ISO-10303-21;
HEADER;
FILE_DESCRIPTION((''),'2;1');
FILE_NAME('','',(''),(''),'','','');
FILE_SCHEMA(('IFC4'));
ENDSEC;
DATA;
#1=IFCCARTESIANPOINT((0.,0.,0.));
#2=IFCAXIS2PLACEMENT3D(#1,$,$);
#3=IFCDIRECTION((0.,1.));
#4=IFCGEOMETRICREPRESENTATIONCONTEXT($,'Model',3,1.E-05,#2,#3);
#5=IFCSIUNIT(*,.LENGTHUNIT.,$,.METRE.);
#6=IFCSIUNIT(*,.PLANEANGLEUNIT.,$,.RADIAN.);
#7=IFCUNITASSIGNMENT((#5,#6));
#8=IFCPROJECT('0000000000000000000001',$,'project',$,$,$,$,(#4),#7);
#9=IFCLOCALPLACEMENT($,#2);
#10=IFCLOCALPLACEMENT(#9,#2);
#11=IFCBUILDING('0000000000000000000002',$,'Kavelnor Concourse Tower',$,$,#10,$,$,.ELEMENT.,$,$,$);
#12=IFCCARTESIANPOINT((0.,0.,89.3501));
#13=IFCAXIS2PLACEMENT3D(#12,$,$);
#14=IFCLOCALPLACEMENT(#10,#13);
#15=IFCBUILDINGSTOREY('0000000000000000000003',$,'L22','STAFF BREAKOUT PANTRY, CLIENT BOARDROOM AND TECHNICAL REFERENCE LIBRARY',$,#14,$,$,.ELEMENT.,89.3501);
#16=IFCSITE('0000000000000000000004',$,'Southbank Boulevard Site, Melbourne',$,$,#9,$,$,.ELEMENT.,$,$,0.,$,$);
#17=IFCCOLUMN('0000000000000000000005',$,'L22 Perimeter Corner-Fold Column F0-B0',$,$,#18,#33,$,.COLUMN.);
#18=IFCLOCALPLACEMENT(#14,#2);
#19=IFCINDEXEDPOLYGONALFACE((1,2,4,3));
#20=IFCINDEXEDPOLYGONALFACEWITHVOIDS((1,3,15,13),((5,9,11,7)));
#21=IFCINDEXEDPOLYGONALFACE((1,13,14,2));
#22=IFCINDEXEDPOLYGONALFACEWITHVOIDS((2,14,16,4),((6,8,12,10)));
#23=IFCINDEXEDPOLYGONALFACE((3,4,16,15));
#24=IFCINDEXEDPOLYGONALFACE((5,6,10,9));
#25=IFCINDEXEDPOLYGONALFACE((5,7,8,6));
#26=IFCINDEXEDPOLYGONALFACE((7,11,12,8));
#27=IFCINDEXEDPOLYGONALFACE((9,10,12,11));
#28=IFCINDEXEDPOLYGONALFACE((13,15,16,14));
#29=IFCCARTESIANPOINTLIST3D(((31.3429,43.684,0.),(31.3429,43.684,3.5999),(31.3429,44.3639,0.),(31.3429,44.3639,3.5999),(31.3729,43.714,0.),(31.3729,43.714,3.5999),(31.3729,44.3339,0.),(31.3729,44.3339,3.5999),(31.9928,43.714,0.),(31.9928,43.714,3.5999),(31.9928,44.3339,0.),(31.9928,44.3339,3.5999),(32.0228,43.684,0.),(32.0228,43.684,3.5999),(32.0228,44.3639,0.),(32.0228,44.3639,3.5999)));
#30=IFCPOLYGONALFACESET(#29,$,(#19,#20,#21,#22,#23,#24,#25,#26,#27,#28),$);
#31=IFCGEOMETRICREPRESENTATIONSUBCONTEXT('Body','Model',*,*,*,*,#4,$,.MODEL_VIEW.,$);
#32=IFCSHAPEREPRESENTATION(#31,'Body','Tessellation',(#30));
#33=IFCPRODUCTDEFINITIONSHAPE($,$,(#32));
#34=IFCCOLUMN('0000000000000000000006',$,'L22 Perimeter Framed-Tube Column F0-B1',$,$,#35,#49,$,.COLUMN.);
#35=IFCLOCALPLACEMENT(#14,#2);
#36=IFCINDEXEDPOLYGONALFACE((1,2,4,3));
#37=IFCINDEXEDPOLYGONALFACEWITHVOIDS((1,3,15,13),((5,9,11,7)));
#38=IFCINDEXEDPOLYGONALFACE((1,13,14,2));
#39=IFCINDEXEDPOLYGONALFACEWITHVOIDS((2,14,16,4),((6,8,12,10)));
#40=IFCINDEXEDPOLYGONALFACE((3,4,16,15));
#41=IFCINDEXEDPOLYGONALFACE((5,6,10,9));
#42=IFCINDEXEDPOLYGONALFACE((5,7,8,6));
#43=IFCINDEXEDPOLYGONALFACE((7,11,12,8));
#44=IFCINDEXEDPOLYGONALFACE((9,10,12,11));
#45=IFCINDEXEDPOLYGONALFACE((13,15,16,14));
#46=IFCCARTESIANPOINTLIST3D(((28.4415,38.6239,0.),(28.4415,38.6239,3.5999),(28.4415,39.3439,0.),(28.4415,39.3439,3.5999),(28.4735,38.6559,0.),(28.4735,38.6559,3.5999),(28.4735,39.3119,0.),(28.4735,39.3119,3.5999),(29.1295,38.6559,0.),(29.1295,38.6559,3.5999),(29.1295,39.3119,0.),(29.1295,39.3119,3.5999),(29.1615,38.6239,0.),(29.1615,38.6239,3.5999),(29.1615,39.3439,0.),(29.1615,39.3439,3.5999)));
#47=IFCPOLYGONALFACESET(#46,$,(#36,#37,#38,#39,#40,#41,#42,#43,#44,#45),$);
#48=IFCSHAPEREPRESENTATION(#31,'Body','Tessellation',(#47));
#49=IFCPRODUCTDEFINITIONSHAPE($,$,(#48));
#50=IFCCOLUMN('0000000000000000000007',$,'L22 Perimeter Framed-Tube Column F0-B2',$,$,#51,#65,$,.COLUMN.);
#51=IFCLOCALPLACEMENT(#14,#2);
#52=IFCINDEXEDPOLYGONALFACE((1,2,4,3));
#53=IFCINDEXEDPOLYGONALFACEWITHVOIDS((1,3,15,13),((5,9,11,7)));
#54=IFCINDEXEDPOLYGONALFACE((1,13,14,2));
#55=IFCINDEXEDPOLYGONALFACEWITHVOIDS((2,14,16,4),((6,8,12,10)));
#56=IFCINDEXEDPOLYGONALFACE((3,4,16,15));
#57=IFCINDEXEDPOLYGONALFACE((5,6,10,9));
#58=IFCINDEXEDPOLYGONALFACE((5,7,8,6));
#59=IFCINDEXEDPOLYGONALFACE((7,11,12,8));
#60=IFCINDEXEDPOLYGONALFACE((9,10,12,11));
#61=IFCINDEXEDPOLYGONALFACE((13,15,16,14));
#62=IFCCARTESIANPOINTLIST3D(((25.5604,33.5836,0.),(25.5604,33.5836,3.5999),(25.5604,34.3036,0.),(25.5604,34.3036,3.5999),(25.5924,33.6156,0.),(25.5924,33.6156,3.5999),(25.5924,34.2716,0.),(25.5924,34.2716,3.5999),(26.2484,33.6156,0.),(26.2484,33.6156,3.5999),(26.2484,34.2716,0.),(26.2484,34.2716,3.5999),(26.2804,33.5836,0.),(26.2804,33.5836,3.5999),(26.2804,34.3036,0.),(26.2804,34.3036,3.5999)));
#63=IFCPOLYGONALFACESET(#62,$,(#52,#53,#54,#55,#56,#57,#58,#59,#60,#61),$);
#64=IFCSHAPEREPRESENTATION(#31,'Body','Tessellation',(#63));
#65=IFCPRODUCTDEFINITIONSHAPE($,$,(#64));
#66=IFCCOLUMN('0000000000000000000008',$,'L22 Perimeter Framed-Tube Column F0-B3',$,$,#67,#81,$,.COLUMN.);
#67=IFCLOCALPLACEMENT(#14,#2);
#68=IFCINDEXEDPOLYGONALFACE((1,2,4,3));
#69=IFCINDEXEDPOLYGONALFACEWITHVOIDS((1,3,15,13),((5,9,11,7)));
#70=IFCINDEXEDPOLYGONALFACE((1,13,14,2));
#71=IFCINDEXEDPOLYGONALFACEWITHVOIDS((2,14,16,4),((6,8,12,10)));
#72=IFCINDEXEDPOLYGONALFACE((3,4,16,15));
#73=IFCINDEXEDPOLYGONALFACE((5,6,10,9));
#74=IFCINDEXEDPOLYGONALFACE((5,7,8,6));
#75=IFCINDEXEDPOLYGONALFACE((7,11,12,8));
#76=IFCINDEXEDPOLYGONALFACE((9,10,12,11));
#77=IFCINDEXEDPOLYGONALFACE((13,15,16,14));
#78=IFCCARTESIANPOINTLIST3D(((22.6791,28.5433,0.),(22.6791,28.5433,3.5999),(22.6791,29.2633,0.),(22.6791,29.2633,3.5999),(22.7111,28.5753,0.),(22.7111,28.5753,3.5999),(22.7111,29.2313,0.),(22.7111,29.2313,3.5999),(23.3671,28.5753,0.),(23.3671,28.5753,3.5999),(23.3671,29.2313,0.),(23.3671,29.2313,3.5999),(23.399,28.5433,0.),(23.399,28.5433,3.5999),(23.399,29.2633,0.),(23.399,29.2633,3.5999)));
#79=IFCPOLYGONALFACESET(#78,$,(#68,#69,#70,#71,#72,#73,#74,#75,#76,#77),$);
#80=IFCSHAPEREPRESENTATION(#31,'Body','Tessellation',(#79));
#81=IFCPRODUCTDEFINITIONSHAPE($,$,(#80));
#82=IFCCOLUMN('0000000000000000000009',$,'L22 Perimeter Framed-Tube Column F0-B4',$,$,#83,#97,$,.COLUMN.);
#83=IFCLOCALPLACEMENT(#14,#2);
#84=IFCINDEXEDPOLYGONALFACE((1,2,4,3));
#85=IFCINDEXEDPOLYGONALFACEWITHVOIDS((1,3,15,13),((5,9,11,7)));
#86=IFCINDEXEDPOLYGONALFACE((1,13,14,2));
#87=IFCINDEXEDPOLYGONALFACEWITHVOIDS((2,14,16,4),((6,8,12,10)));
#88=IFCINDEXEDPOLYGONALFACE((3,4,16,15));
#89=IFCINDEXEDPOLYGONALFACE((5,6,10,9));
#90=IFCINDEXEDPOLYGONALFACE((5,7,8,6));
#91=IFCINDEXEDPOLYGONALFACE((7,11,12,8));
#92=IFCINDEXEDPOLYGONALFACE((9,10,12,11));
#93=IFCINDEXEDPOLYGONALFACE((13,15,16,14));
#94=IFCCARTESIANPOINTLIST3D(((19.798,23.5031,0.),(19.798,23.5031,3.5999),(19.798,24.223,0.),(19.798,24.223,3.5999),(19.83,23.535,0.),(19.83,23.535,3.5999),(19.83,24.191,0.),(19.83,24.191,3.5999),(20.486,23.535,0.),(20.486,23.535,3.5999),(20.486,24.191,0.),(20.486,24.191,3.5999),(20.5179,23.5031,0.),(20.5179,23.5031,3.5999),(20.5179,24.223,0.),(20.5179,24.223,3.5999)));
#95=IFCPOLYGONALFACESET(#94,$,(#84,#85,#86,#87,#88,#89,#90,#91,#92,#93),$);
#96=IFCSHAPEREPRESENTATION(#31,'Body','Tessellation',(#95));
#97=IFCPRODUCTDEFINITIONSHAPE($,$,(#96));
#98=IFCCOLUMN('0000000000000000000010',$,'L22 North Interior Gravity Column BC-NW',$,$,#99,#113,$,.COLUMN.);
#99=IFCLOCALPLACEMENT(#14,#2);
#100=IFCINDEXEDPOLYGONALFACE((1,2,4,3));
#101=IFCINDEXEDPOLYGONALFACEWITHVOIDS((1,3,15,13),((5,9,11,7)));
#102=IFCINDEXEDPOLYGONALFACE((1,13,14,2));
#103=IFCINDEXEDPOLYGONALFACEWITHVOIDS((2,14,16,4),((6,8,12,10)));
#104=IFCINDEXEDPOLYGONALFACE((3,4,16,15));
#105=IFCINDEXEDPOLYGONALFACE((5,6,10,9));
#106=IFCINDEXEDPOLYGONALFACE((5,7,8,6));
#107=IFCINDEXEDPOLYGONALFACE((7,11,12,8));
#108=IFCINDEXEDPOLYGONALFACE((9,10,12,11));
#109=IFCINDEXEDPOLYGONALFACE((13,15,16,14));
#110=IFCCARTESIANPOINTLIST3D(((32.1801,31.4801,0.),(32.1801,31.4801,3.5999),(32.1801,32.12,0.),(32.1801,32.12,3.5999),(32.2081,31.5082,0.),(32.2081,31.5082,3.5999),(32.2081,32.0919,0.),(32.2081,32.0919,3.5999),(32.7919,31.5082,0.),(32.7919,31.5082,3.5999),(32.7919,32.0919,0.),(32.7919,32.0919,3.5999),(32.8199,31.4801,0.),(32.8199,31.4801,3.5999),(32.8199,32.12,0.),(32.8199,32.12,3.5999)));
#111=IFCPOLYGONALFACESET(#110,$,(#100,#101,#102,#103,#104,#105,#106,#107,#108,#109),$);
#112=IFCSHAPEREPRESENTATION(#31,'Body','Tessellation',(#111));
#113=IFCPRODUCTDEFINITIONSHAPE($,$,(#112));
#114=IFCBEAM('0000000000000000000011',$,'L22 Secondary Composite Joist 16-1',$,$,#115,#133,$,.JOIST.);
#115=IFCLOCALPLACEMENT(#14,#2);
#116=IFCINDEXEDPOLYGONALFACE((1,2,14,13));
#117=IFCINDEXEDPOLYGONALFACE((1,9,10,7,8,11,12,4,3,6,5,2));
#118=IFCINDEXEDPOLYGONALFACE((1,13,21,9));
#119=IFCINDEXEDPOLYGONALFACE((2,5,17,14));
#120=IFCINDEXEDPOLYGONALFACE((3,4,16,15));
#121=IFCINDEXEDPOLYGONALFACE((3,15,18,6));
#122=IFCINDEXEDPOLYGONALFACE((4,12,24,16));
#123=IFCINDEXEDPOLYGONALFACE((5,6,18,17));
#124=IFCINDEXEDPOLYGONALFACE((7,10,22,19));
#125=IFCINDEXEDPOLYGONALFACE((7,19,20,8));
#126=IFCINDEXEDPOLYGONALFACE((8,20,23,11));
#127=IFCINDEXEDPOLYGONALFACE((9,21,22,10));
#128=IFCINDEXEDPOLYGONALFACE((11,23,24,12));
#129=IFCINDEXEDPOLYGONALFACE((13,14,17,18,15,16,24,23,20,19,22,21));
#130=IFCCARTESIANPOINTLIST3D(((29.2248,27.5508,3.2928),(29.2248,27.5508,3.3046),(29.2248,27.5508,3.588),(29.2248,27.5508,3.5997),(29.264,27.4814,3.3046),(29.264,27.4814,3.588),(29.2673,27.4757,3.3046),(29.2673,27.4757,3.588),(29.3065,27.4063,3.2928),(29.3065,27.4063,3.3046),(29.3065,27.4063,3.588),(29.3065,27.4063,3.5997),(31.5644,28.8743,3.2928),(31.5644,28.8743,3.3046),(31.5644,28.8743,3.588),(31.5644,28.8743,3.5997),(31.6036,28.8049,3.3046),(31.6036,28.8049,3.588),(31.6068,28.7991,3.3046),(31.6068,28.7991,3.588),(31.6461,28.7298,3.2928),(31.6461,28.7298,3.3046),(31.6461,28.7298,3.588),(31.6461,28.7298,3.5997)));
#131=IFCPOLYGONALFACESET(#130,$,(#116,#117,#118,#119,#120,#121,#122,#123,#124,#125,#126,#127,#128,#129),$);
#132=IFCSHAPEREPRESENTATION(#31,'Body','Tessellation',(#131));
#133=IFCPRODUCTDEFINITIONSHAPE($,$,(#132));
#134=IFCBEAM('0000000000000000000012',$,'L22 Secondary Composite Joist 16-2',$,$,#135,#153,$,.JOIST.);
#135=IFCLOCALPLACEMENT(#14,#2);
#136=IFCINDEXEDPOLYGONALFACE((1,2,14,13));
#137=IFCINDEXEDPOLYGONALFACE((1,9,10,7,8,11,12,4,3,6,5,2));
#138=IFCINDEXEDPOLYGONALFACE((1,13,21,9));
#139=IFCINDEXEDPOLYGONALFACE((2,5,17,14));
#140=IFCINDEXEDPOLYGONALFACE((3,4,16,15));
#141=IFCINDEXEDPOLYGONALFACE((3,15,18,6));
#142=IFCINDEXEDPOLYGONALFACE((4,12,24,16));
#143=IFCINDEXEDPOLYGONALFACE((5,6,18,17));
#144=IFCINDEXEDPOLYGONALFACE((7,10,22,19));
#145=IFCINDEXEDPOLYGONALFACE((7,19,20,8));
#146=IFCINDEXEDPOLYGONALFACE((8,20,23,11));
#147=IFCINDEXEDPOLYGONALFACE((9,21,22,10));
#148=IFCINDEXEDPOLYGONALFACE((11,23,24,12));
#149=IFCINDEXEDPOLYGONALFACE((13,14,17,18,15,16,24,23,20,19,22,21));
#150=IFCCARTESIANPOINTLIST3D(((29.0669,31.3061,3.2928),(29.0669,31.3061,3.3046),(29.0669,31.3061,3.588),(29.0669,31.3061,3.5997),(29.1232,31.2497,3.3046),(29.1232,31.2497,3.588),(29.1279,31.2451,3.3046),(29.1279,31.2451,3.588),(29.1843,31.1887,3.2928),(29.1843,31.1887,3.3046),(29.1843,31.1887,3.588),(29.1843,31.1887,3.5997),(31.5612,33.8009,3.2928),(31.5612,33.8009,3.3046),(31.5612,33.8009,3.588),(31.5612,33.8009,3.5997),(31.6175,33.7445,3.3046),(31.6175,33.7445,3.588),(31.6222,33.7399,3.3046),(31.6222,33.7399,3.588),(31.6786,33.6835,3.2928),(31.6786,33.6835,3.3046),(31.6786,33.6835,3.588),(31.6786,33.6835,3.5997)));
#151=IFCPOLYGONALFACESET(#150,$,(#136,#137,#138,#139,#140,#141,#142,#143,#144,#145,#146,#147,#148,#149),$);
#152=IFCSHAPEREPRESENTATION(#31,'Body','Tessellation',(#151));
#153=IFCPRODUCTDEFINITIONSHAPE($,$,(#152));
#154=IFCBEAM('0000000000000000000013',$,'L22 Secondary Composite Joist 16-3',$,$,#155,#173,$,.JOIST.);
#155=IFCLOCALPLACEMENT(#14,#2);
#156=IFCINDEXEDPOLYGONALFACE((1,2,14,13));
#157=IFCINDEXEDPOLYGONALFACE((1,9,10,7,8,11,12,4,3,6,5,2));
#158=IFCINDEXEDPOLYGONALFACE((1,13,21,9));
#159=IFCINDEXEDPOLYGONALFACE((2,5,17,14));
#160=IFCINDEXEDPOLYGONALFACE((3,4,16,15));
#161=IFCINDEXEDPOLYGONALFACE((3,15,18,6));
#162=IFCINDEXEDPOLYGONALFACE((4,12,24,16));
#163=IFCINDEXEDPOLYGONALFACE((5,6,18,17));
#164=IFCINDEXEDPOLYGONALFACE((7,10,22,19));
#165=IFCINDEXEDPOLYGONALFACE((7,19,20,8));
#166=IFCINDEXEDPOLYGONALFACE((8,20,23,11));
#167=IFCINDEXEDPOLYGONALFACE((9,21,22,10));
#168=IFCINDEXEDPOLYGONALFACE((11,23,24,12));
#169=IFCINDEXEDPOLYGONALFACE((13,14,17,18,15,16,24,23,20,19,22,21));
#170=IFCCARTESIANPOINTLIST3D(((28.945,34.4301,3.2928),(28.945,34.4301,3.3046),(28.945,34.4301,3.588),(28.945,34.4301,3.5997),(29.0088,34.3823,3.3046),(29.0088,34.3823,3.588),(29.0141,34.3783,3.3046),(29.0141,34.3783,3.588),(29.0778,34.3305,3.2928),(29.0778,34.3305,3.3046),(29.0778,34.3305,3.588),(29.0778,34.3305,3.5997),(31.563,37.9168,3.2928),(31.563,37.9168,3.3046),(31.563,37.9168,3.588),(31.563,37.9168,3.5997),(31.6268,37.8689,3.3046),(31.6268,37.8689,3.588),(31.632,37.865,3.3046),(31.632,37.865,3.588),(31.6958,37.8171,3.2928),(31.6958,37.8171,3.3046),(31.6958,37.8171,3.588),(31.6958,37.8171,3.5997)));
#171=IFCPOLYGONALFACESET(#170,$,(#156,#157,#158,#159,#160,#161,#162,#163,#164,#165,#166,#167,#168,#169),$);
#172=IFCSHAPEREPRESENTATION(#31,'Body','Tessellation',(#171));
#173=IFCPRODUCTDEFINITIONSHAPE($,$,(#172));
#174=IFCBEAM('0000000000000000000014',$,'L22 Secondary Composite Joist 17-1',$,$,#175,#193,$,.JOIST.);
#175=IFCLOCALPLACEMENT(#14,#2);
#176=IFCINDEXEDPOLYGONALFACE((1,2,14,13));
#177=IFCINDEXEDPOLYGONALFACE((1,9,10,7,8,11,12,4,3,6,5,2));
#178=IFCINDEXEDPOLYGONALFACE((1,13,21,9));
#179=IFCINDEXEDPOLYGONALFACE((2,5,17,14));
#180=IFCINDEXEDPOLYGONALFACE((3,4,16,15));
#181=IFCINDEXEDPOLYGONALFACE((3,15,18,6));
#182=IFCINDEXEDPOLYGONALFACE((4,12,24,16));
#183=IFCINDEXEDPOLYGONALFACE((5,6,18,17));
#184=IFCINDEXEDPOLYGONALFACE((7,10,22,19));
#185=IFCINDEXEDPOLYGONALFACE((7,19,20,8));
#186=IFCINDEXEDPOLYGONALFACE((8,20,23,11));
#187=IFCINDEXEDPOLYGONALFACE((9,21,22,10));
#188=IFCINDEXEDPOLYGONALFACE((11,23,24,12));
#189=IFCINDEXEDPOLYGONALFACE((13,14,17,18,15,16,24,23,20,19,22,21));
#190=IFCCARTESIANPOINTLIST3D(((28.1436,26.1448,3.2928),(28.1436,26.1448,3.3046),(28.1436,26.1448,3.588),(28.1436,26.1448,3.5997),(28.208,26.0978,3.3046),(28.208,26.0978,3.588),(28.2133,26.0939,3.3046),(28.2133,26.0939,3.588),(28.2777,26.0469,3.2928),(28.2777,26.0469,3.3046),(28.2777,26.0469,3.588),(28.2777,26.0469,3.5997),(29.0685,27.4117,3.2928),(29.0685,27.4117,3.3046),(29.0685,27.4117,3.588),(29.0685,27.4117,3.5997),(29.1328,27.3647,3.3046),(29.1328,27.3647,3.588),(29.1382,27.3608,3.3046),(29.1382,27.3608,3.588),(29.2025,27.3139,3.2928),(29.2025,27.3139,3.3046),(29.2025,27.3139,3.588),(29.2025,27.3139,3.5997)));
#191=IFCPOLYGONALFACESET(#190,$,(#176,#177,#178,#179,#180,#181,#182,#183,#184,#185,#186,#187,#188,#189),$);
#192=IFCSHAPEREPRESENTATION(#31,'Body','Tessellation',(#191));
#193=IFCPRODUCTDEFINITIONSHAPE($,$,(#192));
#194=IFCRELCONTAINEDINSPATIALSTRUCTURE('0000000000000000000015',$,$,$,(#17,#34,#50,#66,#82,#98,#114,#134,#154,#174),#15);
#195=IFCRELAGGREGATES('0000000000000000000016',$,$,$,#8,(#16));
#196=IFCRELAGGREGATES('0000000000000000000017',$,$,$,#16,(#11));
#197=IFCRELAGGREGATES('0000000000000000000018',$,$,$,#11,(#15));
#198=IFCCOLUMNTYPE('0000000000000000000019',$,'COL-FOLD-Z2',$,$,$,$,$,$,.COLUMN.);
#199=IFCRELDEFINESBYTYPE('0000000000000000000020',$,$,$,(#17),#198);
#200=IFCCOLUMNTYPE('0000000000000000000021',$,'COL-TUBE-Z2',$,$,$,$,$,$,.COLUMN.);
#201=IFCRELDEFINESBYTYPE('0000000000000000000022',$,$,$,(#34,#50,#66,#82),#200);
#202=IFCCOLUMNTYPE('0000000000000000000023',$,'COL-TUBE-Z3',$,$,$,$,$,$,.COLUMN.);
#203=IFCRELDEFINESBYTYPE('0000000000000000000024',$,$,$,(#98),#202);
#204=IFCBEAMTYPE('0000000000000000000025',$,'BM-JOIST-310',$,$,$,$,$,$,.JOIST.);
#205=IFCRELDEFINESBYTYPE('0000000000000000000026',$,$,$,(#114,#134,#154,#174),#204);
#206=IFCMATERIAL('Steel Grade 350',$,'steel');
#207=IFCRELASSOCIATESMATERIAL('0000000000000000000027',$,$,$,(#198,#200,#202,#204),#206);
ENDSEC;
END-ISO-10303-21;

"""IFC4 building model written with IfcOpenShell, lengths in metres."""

from ifc_helpers import new_model, si_unit, direction, frame, origin, origin_2d, place, context, subcontext, project, spatial, hollow_rectangle, i_section, extrude, material, material_profile, profile_set, type_object, element, save


model = new_model("IFC4")

# Units and contexts
model_context = context("Model", 3, precision=1e-05, world=origin(), true_north=direction((0.0, 1.0)))
body_context = subcontext(model_context, "Body", "Model", "MODEL_VIEW")
ifc_project = project(units=[si_unit("LENGTHUNIT", "METRE"), si_unit("PLANEANGLEUNIT", "RADIAN")], contexts=[model_context])

# Site, building, storey
site_placement = place(None, origin())
site = spatial("IfcSite", under=ifc_project, at=site_placement, Name="Southbank Boulevard Site, Melbourne", CompositionType="ELEMENT", RefElevation=0.0)
building_placement = place(site_placement, origin())
building = spatial("IfcBuilding", under=site, at=building_placement, Name="Kavelnor Concourse Tower", CompositionType="ELEMENT")
storey_placement = place(building_placement, frame((0.0, 0.0, 89.3501)))
storey = spatial("IfcBuildingStorey", under=building, at=storey_placement, Name="L22", Description="STAFF BREAKOUT PANTRY, CLIENT BOARDROOM AND TECHNICAL REFERENCE LIBRARY", CompositionType="ELEMENT", Elevation=89.3501)

# Columns
ifc_material_1 = material(Name="Steel Grade 350", Category="steel")
ifc_material_profile_1 = material_profile(ifc_material_1, hollow_rectangle(XDim=0.6799, YDim=0.6799, WallThickness=0.03, at=origin_2d()), Name="SHS 680x680x30")
ifc_profile_set_1 = profile_set([ifc_material_profile_1], Name="Steel Grade 350")
column_type_1 = type_object("IfcColumnType", Name="COL-FOLD-Z2", PredefinedType="COLUMN", material=ifc_profile_set_1)
column_1_placement = place(storey_placement, frame((31.6829, 44.0239, 0.0), z_axis=(0.0, 0.0, 1.0), x_axis=(1.0, 0.0, 0.0)))
element("IfcColumn", 1, at=column_1_placement, inside=storey, type_object=column_type_1, Name="L22 Perimeter Corner-Fold Column F0-B0", PredefinedType="COLUMN", context=body_context, shape_type="SweptSolid", body=[
    extrude(hollow_rectangle(XDim=0.6799, YDim=0.6799, WallThickness=0.03, at=origin_2d()), origin(), (0.0, 0.0, 1.0), 3.5999),
])
ifc_material_profile_2 = material_profile(ifc_material_1, hollow_rectangle(XDim=0.72, YDim=0.72, WallThickness=0.032, at=origin_2d()), Name="SHS 720x720x32")
ifc_profile_set_2 = profile_set([ifc_material_profile_2], Name="Steel Grade 350")
column_type_2 = type_object("IfcColumnType", Name="COL-TUBE-Z2", PredefinedType="COLUMN", material=ifc_profile_set_2)
for number, where, z_axis, x_axis, name in (
    (2, (28.8015, 38.9839, 0.0), (0.0, 0.0, 1.0), (1.0, 0.0, 0.0), "L22 Perimeter Framed-Tube Column F0-B1"),
    (3, (25.9204, 33.9436, 0.0), (0.0, 0.0, 1.0), (1.0, 0.0, 0.0), "L22 Perimeter Framed-Tube Column F0-B2"),
    (4, (23.0391, 28.9033, 0.0), (0.0, 0.0, 1.0), (1.0, 0.0, 0.0), "L22 Perimeter Framed-Tube Column F0-B3"),
    (5, (20.158, 23.863, 0.0), (0.0, 0.0, 1.0), (1.0, 0.0, 0.0), "L22 Perimeter Framed-Tube Column F0-B4"),
):
    element("IfcColumn", number, at=place(storey_placement, frame(where, z_axis=z_axis, x_axis=x_axis)), inside=storey, type_object=column_type_2, Name=name, PredefinedType="COLUMN", context=body_context, shape_type="SweptSolid", body=[
        extrude(hollow_rectangle(XDim=0.72, YDim=0.72, WallThickness=0.032, at=origin_2d()), origin(), (0.0, 0.0, 1.0), 3.5999),
    ])
ifc_material_profile_3 = material_profile(ifc_material_1, hollow_rectangle(XDim=0.6399, YDim=0.6399, WallThickness=0.0281, at=origin_2d()), Name="SHS 640x640x28")
ifc_profile_set_3 = profile_set([ifc_material_profile_3], Name="Steel Grade 350")
column_type_3 = type_object("IfcColumnType", Name="COL-TUBE-Z3", PredefinedType="COLUMN", material=ifc_profile_set_3)
column_2_placement = place(storey_placement, frame((32.5, 31.8, 0.0), z_axis=(0.0, 0.0, 1.0), x_axis=(1.0, 0.0, 0.0)))
element("IfcColumn", 6, at=column_2_placement, inside=storey, type_object=column_type_3, Name="L22 North Interior Gravity Column BC-NW", PredefinedType="COLUMN", context=body_context, shape_type="SweptSolid", body=[
    extrude(hollow_rectangle(XDim=0.6399, YDim=0.6399, WallThickness=0.0281, at=origin_2d()), origin(), (0.0, 0.0, 1.0), 3.5999),
])

# Beams
ifc_material_profile_4 = material_profile(ifc_material_1, i_section(OverallWidth=0.166, OverallDepth=0.3069, WebThickness=0.0066, FlangeThickness=0.0117, at=origin_2d()), Name="310UB46")
ifc_profile_set_4 = profile_set([ifc_material_profile_4], Name="Steel Grade 350")
beam_type_1 = type_object("IfcBeamType", Name="BM-JOIST-310", PredefinedType="JOIST", material=ifc_profile_set_4)
beam_1_placement = place(storey_placement, frame((31.6052, 28.802, 3.4463), z_axis=(-0.870387, -0.492368, 0.0), x_axis=(0.492368, -0.870387, 0.0)))
element("IfcBeam", 7, at=beam_1_placement, inside=storey, type_object=beam_type_1, Name="L22 Secondary Composite Joist 16-1", PredefinedType="JOIST", context=body_context, shape_type="SweptSolid", body=[
    extrude(i_section(OverallWidth=0.166, OverallDepth=0.3069, WebThickness=0.0066, FlangeThickness=0.0117, at=origin_2d()), origin(), (0.0, 0.0, 1.0), 2.688),
])
beam_2_placement = place(storey_placement, frame((31.6199, 33.7422, 3.4463), z_axis=(-0.707038, -0.707176, 0.0), x_axis=(0.707176, -0.707038, 0.0)))
element("IfcBeam", 8, at=beam_2_placement, inside=storey, type_object=beam_type_1, Name="L22 Secondary Composite Joist 16-2", PredefinedType="JOIST", context=body_context, shape_type="SweptSolid", body=[
    extrude(i_section(OverallWidth=0.166, OverallDepth=0.3069, WebThickness=0.0066, FlangeThickness=0.0117, at=origin_2d()), origin(), (0.0, 0.0, 1.0), 3.5278),
])
beam_3_placement = place(storey_placement, frame((31.6294, 37.8669, 3.4463), z_axis=(-0.600439, -0.799671, 0.0), x_axis=(0.799671, -0.600439, 0.0)))
element("IfcBeam", 9, at=beam_3_placement, inside=storey, type_object=beam_type_1, Name="L22 Secondary Composite Joist 16-3", PredefinedType="JOIST", context=body_context, shape_type="SweptSolid", body=[
    extrude(i_section(OverallWidth=0.166, OverallDepth=0.3069, WebThickness=0.0066, FlangeThickness=0.0117, at=origin_2d()), origin(), (0.0, 0.0, 1.0), 4.3601),
])
beam_4_placement = place(storey_placement, frame((29.1355, 27.3628, 3.4463), z_axis=(-0.589615, -0.807685, 0.0), x_axis=(0.807685, -0.589615, 0.0)))
element("IfcBeam", 10, at=beam_4_placement, inside=storey, type_object=beam_type_1, Name="L22 Secondary Composite Joist 17-1", PredefinedType="JOIST", context=body_context, shape_type="SweptSolid", body=[
    extrude(i_section(OverallWidth=0.166, OverallDepth=0.3069, WebThickness=0.0066, FlangeThickness=0.0117, at=origin_2d()), origin(), (0.0, 0.0, 1.0), 1.5686),
])

save(model, "model.ifc")
